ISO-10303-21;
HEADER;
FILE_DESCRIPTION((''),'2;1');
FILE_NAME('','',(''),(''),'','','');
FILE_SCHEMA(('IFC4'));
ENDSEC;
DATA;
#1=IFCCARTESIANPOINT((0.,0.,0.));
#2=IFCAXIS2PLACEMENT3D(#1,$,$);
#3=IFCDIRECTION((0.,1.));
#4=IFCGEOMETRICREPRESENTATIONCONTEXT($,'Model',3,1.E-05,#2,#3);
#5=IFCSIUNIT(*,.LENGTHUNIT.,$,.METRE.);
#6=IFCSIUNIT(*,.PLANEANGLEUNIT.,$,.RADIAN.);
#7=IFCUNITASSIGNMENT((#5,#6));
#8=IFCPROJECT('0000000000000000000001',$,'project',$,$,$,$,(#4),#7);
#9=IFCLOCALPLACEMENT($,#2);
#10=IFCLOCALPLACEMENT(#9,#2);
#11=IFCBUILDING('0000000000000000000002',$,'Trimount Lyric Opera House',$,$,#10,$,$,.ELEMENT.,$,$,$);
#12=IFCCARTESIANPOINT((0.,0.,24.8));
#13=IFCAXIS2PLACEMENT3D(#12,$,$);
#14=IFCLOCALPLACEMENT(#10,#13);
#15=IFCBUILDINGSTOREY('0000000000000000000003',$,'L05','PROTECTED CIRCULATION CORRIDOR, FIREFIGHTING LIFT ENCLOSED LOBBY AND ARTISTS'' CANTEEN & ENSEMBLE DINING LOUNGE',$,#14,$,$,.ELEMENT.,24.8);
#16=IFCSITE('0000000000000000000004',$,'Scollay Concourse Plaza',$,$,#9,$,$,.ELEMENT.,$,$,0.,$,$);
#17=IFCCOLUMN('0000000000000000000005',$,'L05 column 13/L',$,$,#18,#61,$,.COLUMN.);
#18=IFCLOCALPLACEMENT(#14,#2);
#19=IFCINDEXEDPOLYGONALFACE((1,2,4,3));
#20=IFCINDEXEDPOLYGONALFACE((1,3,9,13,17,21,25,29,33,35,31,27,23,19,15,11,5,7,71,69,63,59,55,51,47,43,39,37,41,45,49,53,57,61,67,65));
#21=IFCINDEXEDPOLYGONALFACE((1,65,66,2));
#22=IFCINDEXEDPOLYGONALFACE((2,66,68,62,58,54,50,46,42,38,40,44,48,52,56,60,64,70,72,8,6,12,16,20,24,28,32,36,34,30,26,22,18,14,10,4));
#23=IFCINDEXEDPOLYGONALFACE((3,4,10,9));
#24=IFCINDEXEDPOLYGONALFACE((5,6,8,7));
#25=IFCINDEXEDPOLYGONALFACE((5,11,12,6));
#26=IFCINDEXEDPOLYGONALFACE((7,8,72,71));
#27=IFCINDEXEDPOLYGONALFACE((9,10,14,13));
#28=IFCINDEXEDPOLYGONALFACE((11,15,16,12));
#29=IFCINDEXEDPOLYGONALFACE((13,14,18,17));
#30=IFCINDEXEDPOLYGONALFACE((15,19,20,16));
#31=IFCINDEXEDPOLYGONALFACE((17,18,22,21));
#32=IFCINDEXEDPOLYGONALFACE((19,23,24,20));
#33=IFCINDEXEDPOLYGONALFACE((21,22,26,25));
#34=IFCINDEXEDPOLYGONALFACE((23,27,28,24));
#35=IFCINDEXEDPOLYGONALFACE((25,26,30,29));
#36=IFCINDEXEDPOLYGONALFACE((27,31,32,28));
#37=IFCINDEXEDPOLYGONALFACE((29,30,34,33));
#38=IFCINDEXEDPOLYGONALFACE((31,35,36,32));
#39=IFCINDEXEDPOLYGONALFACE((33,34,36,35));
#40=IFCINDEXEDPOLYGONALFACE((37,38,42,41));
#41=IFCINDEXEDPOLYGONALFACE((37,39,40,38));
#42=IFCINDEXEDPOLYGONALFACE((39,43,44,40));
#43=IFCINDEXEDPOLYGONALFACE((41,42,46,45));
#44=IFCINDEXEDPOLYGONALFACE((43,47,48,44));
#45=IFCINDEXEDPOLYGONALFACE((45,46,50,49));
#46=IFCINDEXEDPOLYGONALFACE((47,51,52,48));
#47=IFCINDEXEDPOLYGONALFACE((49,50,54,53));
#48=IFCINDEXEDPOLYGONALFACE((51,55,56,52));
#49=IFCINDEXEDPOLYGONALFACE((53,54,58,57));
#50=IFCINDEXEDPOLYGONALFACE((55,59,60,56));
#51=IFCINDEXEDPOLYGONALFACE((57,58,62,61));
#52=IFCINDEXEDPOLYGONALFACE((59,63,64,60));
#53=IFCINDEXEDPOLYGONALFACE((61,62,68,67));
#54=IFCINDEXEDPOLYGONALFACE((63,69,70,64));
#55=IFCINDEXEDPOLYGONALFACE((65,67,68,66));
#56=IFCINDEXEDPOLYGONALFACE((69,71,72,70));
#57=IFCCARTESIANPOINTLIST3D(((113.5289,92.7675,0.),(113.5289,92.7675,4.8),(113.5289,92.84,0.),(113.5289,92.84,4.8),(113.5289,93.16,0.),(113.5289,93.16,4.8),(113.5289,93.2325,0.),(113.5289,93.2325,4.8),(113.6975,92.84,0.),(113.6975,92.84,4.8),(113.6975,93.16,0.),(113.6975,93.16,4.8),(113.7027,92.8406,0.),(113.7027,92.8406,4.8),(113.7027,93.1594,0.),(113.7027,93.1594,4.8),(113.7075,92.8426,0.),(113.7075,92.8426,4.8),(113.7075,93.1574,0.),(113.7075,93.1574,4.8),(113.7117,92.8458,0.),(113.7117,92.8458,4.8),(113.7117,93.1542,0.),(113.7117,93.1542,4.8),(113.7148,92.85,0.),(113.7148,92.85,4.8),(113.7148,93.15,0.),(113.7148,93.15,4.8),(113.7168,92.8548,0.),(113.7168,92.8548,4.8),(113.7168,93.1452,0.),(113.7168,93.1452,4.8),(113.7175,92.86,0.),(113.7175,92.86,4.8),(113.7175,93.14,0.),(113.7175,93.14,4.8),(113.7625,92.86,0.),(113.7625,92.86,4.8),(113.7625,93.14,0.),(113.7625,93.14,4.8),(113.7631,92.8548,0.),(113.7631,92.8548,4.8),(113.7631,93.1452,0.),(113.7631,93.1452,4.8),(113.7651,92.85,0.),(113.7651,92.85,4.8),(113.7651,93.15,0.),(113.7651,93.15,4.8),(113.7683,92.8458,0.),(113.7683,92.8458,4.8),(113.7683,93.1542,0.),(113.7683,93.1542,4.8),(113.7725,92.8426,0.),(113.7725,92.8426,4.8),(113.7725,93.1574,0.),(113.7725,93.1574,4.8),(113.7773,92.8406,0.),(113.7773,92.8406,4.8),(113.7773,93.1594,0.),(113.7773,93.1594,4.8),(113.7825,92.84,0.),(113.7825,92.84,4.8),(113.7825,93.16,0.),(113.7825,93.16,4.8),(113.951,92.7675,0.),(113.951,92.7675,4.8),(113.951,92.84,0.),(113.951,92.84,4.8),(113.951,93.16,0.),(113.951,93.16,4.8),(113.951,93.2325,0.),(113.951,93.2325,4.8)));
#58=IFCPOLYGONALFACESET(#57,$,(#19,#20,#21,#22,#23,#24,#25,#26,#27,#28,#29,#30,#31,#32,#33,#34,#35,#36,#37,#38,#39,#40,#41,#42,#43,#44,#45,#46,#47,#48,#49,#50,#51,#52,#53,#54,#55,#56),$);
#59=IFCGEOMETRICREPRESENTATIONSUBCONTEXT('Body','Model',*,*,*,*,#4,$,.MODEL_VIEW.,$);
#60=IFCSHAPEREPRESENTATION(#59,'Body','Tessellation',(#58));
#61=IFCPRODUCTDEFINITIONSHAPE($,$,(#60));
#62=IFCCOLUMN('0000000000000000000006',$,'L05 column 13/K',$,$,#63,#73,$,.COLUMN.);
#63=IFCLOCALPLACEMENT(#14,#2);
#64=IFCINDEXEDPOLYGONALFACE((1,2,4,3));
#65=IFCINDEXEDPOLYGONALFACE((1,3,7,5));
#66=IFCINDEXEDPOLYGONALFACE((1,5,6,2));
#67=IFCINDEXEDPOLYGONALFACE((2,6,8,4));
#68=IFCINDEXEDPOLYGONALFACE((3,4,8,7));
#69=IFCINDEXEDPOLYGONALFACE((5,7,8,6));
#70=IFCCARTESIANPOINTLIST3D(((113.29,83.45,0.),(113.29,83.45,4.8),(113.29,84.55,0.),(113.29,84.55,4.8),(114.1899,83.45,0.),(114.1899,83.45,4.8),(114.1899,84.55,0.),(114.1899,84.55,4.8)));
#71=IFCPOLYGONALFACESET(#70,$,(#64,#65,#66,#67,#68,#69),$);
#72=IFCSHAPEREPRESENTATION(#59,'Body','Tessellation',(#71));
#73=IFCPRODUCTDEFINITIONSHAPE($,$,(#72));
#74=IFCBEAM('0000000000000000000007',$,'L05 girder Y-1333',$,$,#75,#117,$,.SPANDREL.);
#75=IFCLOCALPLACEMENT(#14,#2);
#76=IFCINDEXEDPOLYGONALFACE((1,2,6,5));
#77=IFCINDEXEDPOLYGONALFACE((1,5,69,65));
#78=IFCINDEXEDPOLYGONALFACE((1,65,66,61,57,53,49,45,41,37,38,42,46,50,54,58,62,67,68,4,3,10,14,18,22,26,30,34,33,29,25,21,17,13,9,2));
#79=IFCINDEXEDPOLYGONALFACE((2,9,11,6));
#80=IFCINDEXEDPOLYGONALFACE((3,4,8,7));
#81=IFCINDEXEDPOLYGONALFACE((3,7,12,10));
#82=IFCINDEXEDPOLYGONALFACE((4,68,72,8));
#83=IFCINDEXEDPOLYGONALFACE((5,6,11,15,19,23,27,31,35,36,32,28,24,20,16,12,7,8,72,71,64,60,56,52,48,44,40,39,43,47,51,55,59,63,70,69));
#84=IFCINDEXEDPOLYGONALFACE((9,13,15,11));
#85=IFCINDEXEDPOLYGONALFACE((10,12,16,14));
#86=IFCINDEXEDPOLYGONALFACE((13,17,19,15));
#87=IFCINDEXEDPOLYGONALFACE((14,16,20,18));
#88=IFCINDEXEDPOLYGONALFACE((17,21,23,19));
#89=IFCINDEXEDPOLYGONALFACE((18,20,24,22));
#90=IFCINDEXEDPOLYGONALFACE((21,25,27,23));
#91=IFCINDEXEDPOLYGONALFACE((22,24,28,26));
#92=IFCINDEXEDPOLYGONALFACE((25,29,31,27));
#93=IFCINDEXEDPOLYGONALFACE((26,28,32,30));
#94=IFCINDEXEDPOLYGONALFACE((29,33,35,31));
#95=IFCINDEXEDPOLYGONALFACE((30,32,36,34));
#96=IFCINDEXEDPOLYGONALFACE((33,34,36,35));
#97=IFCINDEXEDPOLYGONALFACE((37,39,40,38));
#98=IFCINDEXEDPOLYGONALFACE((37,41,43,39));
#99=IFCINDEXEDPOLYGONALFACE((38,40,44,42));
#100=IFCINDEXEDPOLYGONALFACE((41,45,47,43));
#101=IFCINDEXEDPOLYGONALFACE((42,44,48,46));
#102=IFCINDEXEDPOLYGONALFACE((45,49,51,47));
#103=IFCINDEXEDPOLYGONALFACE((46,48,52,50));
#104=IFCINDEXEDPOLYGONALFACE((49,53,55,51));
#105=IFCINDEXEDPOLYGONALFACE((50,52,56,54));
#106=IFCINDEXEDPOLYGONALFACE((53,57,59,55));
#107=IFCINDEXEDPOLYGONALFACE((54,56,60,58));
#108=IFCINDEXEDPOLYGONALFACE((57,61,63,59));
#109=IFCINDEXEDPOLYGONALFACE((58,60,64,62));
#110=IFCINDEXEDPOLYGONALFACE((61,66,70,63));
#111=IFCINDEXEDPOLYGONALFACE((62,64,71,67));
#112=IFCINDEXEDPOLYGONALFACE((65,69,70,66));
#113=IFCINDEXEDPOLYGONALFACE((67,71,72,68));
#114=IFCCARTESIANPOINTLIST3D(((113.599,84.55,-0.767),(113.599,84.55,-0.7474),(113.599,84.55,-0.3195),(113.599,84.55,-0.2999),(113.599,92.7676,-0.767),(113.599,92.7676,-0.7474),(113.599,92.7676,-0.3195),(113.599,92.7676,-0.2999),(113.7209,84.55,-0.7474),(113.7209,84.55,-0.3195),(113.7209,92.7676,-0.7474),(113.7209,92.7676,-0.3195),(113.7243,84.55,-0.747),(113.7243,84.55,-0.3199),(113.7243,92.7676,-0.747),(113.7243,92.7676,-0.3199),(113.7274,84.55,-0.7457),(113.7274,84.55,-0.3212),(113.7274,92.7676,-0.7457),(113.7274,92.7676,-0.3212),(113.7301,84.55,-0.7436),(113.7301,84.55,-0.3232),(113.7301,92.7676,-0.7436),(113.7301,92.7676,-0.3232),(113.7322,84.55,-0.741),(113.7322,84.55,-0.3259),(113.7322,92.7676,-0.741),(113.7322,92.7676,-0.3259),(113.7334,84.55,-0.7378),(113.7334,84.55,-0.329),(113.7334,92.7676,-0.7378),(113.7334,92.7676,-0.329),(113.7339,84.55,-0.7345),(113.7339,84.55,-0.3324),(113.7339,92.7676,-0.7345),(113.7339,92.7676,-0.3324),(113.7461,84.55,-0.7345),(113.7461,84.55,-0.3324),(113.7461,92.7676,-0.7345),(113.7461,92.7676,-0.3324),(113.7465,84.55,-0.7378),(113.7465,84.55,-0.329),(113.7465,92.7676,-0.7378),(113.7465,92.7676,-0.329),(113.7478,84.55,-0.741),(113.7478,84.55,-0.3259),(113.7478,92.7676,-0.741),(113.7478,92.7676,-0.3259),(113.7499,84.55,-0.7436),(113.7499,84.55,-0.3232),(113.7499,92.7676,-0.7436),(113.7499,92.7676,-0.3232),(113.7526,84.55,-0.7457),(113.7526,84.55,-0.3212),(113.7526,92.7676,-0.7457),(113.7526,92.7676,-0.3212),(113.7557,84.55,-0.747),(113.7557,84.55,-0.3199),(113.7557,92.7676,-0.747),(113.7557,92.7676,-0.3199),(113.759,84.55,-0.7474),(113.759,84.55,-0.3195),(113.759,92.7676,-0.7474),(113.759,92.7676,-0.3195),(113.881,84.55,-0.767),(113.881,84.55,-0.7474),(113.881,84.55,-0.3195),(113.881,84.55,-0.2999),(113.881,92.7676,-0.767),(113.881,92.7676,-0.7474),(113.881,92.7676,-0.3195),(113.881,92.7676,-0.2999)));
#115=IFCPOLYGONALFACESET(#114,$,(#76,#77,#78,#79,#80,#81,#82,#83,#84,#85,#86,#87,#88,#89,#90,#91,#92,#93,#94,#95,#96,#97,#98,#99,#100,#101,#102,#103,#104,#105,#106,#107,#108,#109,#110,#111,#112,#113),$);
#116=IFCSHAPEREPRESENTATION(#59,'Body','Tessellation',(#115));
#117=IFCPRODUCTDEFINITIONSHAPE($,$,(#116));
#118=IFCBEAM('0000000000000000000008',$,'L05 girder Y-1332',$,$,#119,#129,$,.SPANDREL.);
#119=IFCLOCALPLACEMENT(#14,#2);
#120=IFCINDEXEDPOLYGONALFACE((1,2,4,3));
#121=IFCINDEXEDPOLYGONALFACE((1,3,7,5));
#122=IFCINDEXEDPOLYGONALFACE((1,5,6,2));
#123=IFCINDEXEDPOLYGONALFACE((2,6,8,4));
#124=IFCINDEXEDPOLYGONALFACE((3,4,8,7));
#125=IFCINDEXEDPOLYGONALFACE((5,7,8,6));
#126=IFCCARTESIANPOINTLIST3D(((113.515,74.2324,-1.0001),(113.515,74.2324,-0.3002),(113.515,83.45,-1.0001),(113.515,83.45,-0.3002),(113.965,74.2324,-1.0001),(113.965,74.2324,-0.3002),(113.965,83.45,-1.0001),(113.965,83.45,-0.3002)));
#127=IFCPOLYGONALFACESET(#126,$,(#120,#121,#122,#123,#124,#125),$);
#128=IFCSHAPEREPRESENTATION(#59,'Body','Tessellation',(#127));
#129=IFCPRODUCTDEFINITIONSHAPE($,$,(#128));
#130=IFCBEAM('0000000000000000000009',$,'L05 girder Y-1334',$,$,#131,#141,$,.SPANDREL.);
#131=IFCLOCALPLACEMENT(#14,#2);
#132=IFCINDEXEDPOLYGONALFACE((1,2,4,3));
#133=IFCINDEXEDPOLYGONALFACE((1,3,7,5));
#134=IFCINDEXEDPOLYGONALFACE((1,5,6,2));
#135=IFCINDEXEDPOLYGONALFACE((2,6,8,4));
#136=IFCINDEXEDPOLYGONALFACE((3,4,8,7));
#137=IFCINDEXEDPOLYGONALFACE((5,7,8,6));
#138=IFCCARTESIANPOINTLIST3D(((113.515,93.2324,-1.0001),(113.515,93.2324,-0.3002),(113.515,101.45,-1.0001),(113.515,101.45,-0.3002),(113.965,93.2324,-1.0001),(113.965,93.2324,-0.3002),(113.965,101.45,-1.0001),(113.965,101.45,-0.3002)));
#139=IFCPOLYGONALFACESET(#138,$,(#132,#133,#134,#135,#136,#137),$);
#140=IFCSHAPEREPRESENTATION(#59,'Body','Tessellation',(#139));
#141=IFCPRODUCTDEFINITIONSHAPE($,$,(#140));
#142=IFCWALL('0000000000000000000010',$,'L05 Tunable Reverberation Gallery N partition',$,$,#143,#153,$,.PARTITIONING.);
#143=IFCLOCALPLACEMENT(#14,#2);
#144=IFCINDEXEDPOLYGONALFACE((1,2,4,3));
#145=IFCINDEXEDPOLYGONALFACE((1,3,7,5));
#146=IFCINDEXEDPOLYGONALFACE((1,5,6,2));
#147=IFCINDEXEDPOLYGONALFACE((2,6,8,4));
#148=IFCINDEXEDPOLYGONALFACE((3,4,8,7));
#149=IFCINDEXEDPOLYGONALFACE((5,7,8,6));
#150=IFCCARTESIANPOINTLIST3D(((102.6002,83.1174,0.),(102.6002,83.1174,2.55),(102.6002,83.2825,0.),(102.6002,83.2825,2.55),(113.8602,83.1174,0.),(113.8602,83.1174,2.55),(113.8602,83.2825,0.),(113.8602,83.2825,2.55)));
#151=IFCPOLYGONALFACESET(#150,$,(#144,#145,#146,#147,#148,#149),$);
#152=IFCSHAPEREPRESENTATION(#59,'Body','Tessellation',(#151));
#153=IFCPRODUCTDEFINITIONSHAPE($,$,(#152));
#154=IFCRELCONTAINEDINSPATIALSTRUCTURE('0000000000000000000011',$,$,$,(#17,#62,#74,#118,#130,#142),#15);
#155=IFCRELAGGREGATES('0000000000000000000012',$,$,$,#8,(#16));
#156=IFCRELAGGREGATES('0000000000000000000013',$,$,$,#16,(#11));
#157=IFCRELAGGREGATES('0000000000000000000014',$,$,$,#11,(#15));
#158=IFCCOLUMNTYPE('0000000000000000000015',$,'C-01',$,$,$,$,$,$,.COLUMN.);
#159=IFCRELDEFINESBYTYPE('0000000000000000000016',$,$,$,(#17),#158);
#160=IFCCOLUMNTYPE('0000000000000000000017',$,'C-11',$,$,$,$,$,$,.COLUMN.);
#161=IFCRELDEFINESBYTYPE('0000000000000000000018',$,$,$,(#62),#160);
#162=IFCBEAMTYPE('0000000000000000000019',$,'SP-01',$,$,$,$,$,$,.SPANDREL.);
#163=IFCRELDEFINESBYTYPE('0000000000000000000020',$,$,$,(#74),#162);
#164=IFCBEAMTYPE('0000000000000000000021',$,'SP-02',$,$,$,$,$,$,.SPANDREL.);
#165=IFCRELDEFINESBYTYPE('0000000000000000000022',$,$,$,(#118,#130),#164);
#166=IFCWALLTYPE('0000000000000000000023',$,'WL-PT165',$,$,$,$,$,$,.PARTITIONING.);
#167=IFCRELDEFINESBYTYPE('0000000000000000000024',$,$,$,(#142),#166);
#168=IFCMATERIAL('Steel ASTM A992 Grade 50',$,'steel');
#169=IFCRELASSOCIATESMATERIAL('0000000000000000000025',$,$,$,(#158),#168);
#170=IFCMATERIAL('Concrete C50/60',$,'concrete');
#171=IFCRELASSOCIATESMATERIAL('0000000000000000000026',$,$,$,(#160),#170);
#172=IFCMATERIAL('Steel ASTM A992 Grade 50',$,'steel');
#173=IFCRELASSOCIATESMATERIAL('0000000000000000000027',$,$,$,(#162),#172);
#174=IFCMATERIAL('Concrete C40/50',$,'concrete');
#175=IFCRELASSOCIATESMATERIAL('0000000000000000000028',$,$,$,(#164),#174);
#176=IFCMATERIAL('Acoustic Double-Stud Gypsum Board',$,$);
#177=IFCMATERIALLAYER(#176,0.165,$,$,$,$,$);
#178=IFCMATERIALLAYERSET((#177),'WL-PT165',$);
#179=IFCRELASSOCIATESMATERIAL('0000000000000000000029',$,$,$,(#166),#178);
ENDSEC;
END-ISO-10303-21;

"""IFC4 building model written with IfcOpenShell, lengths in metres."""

from ifc_helpers import new_model, si_unit, direction, frame, frame_2d, origin, origin_2d, place, context, subcontext, project, spatial, rectangle, i_section, extrude, material, layer, layer_set, material_profile, profile_set, type_object, element, save


model = new_model("IFC4")

# Units and contexts
model_context = context("Model", 3, precision=1e-05, world=origin(), true_north=direction((0.0, 1.0)))
body_context = subcontext(model_context, "Body", "Model", "MODEL_VIEW")
ifc_project = project(units=[si_unit("LENGTHUNIT", "METRE"), si_unit("PLANEANGLEUNIT", "RADIAN")], contexts=[model_context])

# Site, building, storey
site_placement = place(None, origin())
site = spatial("IfcSite", under=ifc_project, at=site_placement, Name="Scollay Concourse Plaza", CompositionType="ELEMENT", RefElevation=0.0)
building_placement = place(site_placement, origin())
building = spatial("IfcBuilding", under=site, at=building_placement, Name="Trimount Lyric Opera House", CompositionType="ELEMENT")
storey_placement = place(building_placement, frame((0.0, 0.0, 24.8)))
storey = spatial("IfcBuildingStorey", under=building, at=storey_placement, Name="L05", Description="PROTECTED CIRCULATION CORRIDOR, FIREFIGHTING LIFT ENCLOSED LOBBY AND ARTISTS' CANTEEN & ENSEMBLE DINING LOUNGE", CompositionType="ELEMENT", Elevation=24.8)

# Columns
ifc_material_1 = material(Name="Steel ASTM A992 Grade 50", Category="steel")
ifc_material_profile_1 = material_profile(ifc_material_1, i_section(OverallWidth=0.4221, OverallDepth=0.4651, WebThickness=0.0449, FlangeThickness=0.0725, FilletRadius=0.02, at=origin_2d()), Name="W14X398")
ifc_profile_set_1 = profile_set([ifc_material_profile_1], Name="Steel ASTM A992 Grade 50")
column_type_1 = type_object("IfcColumnType", Name="C-01", PredefinedType="COLUMN", material=ifc_profile_set_1)
column_1_placement = place(storey_placement, frame((113.74, 93.0, 0.0), z_axis=(0.0, 0.0, 1.0), x_axis=(1.0, 0.0, 0.0)))
element("IfcColumn", 1, at=column_1_placement, inside=storey, type_object=column_type_1, Name="L05 column 13/L", PredefinedType="COLUMN", context=body_context, shape_type="SweptSolid", body=[
    extrude(i_section(OverallWidth=0.4221, OverallDepth=0.4651, WebThickness=0.0449, FlangeThickness=0.0725, FilletRadius=0.02, at=origin_2d()), origin(), (0.0, 0.0, 1.0), 4.8),
])
ifc_material_2 = material(Name="Concrete C50/60", Category="concrete")
ifc_material_profile_2 = material_profile(ifc_material_2, rectangle(XDim=0.8999, YDim=1.1001, at=origin_2d()), Name="RC1100X900")
ifc_profile_set_2 = profile_set([ifc_material_profile_2], Name="Concrete C50/60")
column_type_2 = type_object("IfcColumnType", Name="C-11", PredefinedType="COLUMN", material=ifc_profile_set_2)
column_2_placement = place(storey_placement, frame((113.74, 84.0, 0.0), z_axis=(0.0, 0.0, 1.0), x_axis=(1.0, 0.0, 0.0)))
element("IfcColumn", 2, at=column_2_placement, inside=storey, type_object=column_type_2, Name="L05 column 13/K", PredefinedType="COLUMN", context=body_context, shape_type="SweptSolid", body=[
    extrude(rectangle(XDim=0.8999, YDim=1.1001, at=origin_2d()), origin(), (0.0, 0.0, 1.0), 4.8),
])

# Beams
ifc_material_3 = material(Name="Steel ASTM A992 Grade 50", Category="steel")
ifc_material_profile_3 = material_profile(ifc_material_3, i_section(OverallWidth=0.282, OverallDepth=0.467, WebThickness=0.0122, FlangeThickness=0.0195, FilletRadius=0.0129, at=origin_2d()), Name="W18X86")
ifc_profile_set_3 = profile_set([ifc_material_profile_3], Name="Steel ASTM A992 Grade 50")
beam_type_1 = type_object("IfcBeamType", Name="SP-01", PredefinedType="SPANDREL", material=ifc_profile_set_3)
beam_1_placement = place(storey_placement, frame((113.74, 84.55, -0.5334), z_axis=(0.0, 1.0, 0.0), x_axis=(-1.0, 0.0, 0.0)))
element("IfcBeam", 3, at=beam_1_placement, inside=storey, type_object=beam_type_1, Name="L05 girder Y-1333", PredefinedType="SPANDREL", context=body_context, shape_type="SweptSolid", body=[
    extrude(i_section(OverallWidth=0.282, OverallDepth=0.467, WebThickness=0.0122, FlangeThickness=0.0195, FilletRadius=0.0129, at=origin_2d()), origin(), (0.0, 0.0, 1.0), 8.2175),
])
ifc_material_4 = material(Name="Concrete C40/50", Category="concrete")
ifc_material_profile_4 = material_profile(ifc_material_4, rectangle(XDim=0.45, YDim=0.7, at=origin_2d()), Name="RC450X700")
ifc_profile_set_4 = profile_set([ifc_material_profile_4], Name="Concrete C40/50")
beam_type_2 = type_object("IfcBeamType", Name="SP-02", PredefinedType="SPANDREL", material=ifc_profile_set_4)
beam_2_placement = place(storey_placement, frame((113.74, 74.2324, -0.6501), z_axis=(0.0, 1.0, 0.0), x_axis=(-1.0, 0.0, 0.0)))
element("IfcBeam", 4, at=beam_2_placement, inside=storey, type_object=beam_type_2, Name="L05 girder Y-1332", PredefinedType="SPANDREL", context=body_context, shape_type="SweptSolid", body=[
    extrude(rectangle(XDim=0.45, YDim=0.7, at=origin_2d()), origin(), (0.0, 0.0, 1.0), 9.2175),
])
beam_3_placement = place(storey_placement, frame((113.74, 93.2324, -0.6501), z_axis=(0.0, 1.0, 0.0), x_axis=(-1.0, 0.0, 0.0)))
element("IfcBeam", 5, at=beam_3_placement, inside=storey, type_object=beam_type_2, Name="L05 girder Y-1334", PredefinedType="SPANDREL", context=body_context, shape_type="SweptSolid", body=[
    extrude(rectangle(XDim=0.45, YDim=0.7, at=origin_2d()), origin(), (0.0, 0.0, 1.0), 8.2175),
])

# Wall
ifc_material_5 = material(Name="Acoustic Double-Stud Gypsum Board")
ifc_layer_1 = layer(ifc_material_5, 0.165)
ifc_layer_set_1 = layer_set([ifc_layer_1], Name="WL-PT165")
wall_type_1 = type_object("IfcWallType", Name="WL-PT165", PredefinedType="PARTITIONING", material=ifc_layer_set_1)
wall_1_placement = place(storey_placement, frame((113.8601, 83.2, 0.0), z_axis=(0.0, 0.0, 1.0), x_axis=(-1.0, 0.0, 0.0)))
element("IfcWall", 6, at=wall_1_placement, inside=storey, type_object=wall_type_1, Name="L05 Tunable Reverberation Gallery N partition", PredefinedType="PARTITIONING", context=body_context, shape_type="SweptSolid", body=[
    extrude(rectangle(XDim=11.26, YDim=0.165, at=frame_2d((5.6299, 0.0))), origin(), (0.0, 0.0, 1.0), 2.55),
])

save(model, "model.ifc")
